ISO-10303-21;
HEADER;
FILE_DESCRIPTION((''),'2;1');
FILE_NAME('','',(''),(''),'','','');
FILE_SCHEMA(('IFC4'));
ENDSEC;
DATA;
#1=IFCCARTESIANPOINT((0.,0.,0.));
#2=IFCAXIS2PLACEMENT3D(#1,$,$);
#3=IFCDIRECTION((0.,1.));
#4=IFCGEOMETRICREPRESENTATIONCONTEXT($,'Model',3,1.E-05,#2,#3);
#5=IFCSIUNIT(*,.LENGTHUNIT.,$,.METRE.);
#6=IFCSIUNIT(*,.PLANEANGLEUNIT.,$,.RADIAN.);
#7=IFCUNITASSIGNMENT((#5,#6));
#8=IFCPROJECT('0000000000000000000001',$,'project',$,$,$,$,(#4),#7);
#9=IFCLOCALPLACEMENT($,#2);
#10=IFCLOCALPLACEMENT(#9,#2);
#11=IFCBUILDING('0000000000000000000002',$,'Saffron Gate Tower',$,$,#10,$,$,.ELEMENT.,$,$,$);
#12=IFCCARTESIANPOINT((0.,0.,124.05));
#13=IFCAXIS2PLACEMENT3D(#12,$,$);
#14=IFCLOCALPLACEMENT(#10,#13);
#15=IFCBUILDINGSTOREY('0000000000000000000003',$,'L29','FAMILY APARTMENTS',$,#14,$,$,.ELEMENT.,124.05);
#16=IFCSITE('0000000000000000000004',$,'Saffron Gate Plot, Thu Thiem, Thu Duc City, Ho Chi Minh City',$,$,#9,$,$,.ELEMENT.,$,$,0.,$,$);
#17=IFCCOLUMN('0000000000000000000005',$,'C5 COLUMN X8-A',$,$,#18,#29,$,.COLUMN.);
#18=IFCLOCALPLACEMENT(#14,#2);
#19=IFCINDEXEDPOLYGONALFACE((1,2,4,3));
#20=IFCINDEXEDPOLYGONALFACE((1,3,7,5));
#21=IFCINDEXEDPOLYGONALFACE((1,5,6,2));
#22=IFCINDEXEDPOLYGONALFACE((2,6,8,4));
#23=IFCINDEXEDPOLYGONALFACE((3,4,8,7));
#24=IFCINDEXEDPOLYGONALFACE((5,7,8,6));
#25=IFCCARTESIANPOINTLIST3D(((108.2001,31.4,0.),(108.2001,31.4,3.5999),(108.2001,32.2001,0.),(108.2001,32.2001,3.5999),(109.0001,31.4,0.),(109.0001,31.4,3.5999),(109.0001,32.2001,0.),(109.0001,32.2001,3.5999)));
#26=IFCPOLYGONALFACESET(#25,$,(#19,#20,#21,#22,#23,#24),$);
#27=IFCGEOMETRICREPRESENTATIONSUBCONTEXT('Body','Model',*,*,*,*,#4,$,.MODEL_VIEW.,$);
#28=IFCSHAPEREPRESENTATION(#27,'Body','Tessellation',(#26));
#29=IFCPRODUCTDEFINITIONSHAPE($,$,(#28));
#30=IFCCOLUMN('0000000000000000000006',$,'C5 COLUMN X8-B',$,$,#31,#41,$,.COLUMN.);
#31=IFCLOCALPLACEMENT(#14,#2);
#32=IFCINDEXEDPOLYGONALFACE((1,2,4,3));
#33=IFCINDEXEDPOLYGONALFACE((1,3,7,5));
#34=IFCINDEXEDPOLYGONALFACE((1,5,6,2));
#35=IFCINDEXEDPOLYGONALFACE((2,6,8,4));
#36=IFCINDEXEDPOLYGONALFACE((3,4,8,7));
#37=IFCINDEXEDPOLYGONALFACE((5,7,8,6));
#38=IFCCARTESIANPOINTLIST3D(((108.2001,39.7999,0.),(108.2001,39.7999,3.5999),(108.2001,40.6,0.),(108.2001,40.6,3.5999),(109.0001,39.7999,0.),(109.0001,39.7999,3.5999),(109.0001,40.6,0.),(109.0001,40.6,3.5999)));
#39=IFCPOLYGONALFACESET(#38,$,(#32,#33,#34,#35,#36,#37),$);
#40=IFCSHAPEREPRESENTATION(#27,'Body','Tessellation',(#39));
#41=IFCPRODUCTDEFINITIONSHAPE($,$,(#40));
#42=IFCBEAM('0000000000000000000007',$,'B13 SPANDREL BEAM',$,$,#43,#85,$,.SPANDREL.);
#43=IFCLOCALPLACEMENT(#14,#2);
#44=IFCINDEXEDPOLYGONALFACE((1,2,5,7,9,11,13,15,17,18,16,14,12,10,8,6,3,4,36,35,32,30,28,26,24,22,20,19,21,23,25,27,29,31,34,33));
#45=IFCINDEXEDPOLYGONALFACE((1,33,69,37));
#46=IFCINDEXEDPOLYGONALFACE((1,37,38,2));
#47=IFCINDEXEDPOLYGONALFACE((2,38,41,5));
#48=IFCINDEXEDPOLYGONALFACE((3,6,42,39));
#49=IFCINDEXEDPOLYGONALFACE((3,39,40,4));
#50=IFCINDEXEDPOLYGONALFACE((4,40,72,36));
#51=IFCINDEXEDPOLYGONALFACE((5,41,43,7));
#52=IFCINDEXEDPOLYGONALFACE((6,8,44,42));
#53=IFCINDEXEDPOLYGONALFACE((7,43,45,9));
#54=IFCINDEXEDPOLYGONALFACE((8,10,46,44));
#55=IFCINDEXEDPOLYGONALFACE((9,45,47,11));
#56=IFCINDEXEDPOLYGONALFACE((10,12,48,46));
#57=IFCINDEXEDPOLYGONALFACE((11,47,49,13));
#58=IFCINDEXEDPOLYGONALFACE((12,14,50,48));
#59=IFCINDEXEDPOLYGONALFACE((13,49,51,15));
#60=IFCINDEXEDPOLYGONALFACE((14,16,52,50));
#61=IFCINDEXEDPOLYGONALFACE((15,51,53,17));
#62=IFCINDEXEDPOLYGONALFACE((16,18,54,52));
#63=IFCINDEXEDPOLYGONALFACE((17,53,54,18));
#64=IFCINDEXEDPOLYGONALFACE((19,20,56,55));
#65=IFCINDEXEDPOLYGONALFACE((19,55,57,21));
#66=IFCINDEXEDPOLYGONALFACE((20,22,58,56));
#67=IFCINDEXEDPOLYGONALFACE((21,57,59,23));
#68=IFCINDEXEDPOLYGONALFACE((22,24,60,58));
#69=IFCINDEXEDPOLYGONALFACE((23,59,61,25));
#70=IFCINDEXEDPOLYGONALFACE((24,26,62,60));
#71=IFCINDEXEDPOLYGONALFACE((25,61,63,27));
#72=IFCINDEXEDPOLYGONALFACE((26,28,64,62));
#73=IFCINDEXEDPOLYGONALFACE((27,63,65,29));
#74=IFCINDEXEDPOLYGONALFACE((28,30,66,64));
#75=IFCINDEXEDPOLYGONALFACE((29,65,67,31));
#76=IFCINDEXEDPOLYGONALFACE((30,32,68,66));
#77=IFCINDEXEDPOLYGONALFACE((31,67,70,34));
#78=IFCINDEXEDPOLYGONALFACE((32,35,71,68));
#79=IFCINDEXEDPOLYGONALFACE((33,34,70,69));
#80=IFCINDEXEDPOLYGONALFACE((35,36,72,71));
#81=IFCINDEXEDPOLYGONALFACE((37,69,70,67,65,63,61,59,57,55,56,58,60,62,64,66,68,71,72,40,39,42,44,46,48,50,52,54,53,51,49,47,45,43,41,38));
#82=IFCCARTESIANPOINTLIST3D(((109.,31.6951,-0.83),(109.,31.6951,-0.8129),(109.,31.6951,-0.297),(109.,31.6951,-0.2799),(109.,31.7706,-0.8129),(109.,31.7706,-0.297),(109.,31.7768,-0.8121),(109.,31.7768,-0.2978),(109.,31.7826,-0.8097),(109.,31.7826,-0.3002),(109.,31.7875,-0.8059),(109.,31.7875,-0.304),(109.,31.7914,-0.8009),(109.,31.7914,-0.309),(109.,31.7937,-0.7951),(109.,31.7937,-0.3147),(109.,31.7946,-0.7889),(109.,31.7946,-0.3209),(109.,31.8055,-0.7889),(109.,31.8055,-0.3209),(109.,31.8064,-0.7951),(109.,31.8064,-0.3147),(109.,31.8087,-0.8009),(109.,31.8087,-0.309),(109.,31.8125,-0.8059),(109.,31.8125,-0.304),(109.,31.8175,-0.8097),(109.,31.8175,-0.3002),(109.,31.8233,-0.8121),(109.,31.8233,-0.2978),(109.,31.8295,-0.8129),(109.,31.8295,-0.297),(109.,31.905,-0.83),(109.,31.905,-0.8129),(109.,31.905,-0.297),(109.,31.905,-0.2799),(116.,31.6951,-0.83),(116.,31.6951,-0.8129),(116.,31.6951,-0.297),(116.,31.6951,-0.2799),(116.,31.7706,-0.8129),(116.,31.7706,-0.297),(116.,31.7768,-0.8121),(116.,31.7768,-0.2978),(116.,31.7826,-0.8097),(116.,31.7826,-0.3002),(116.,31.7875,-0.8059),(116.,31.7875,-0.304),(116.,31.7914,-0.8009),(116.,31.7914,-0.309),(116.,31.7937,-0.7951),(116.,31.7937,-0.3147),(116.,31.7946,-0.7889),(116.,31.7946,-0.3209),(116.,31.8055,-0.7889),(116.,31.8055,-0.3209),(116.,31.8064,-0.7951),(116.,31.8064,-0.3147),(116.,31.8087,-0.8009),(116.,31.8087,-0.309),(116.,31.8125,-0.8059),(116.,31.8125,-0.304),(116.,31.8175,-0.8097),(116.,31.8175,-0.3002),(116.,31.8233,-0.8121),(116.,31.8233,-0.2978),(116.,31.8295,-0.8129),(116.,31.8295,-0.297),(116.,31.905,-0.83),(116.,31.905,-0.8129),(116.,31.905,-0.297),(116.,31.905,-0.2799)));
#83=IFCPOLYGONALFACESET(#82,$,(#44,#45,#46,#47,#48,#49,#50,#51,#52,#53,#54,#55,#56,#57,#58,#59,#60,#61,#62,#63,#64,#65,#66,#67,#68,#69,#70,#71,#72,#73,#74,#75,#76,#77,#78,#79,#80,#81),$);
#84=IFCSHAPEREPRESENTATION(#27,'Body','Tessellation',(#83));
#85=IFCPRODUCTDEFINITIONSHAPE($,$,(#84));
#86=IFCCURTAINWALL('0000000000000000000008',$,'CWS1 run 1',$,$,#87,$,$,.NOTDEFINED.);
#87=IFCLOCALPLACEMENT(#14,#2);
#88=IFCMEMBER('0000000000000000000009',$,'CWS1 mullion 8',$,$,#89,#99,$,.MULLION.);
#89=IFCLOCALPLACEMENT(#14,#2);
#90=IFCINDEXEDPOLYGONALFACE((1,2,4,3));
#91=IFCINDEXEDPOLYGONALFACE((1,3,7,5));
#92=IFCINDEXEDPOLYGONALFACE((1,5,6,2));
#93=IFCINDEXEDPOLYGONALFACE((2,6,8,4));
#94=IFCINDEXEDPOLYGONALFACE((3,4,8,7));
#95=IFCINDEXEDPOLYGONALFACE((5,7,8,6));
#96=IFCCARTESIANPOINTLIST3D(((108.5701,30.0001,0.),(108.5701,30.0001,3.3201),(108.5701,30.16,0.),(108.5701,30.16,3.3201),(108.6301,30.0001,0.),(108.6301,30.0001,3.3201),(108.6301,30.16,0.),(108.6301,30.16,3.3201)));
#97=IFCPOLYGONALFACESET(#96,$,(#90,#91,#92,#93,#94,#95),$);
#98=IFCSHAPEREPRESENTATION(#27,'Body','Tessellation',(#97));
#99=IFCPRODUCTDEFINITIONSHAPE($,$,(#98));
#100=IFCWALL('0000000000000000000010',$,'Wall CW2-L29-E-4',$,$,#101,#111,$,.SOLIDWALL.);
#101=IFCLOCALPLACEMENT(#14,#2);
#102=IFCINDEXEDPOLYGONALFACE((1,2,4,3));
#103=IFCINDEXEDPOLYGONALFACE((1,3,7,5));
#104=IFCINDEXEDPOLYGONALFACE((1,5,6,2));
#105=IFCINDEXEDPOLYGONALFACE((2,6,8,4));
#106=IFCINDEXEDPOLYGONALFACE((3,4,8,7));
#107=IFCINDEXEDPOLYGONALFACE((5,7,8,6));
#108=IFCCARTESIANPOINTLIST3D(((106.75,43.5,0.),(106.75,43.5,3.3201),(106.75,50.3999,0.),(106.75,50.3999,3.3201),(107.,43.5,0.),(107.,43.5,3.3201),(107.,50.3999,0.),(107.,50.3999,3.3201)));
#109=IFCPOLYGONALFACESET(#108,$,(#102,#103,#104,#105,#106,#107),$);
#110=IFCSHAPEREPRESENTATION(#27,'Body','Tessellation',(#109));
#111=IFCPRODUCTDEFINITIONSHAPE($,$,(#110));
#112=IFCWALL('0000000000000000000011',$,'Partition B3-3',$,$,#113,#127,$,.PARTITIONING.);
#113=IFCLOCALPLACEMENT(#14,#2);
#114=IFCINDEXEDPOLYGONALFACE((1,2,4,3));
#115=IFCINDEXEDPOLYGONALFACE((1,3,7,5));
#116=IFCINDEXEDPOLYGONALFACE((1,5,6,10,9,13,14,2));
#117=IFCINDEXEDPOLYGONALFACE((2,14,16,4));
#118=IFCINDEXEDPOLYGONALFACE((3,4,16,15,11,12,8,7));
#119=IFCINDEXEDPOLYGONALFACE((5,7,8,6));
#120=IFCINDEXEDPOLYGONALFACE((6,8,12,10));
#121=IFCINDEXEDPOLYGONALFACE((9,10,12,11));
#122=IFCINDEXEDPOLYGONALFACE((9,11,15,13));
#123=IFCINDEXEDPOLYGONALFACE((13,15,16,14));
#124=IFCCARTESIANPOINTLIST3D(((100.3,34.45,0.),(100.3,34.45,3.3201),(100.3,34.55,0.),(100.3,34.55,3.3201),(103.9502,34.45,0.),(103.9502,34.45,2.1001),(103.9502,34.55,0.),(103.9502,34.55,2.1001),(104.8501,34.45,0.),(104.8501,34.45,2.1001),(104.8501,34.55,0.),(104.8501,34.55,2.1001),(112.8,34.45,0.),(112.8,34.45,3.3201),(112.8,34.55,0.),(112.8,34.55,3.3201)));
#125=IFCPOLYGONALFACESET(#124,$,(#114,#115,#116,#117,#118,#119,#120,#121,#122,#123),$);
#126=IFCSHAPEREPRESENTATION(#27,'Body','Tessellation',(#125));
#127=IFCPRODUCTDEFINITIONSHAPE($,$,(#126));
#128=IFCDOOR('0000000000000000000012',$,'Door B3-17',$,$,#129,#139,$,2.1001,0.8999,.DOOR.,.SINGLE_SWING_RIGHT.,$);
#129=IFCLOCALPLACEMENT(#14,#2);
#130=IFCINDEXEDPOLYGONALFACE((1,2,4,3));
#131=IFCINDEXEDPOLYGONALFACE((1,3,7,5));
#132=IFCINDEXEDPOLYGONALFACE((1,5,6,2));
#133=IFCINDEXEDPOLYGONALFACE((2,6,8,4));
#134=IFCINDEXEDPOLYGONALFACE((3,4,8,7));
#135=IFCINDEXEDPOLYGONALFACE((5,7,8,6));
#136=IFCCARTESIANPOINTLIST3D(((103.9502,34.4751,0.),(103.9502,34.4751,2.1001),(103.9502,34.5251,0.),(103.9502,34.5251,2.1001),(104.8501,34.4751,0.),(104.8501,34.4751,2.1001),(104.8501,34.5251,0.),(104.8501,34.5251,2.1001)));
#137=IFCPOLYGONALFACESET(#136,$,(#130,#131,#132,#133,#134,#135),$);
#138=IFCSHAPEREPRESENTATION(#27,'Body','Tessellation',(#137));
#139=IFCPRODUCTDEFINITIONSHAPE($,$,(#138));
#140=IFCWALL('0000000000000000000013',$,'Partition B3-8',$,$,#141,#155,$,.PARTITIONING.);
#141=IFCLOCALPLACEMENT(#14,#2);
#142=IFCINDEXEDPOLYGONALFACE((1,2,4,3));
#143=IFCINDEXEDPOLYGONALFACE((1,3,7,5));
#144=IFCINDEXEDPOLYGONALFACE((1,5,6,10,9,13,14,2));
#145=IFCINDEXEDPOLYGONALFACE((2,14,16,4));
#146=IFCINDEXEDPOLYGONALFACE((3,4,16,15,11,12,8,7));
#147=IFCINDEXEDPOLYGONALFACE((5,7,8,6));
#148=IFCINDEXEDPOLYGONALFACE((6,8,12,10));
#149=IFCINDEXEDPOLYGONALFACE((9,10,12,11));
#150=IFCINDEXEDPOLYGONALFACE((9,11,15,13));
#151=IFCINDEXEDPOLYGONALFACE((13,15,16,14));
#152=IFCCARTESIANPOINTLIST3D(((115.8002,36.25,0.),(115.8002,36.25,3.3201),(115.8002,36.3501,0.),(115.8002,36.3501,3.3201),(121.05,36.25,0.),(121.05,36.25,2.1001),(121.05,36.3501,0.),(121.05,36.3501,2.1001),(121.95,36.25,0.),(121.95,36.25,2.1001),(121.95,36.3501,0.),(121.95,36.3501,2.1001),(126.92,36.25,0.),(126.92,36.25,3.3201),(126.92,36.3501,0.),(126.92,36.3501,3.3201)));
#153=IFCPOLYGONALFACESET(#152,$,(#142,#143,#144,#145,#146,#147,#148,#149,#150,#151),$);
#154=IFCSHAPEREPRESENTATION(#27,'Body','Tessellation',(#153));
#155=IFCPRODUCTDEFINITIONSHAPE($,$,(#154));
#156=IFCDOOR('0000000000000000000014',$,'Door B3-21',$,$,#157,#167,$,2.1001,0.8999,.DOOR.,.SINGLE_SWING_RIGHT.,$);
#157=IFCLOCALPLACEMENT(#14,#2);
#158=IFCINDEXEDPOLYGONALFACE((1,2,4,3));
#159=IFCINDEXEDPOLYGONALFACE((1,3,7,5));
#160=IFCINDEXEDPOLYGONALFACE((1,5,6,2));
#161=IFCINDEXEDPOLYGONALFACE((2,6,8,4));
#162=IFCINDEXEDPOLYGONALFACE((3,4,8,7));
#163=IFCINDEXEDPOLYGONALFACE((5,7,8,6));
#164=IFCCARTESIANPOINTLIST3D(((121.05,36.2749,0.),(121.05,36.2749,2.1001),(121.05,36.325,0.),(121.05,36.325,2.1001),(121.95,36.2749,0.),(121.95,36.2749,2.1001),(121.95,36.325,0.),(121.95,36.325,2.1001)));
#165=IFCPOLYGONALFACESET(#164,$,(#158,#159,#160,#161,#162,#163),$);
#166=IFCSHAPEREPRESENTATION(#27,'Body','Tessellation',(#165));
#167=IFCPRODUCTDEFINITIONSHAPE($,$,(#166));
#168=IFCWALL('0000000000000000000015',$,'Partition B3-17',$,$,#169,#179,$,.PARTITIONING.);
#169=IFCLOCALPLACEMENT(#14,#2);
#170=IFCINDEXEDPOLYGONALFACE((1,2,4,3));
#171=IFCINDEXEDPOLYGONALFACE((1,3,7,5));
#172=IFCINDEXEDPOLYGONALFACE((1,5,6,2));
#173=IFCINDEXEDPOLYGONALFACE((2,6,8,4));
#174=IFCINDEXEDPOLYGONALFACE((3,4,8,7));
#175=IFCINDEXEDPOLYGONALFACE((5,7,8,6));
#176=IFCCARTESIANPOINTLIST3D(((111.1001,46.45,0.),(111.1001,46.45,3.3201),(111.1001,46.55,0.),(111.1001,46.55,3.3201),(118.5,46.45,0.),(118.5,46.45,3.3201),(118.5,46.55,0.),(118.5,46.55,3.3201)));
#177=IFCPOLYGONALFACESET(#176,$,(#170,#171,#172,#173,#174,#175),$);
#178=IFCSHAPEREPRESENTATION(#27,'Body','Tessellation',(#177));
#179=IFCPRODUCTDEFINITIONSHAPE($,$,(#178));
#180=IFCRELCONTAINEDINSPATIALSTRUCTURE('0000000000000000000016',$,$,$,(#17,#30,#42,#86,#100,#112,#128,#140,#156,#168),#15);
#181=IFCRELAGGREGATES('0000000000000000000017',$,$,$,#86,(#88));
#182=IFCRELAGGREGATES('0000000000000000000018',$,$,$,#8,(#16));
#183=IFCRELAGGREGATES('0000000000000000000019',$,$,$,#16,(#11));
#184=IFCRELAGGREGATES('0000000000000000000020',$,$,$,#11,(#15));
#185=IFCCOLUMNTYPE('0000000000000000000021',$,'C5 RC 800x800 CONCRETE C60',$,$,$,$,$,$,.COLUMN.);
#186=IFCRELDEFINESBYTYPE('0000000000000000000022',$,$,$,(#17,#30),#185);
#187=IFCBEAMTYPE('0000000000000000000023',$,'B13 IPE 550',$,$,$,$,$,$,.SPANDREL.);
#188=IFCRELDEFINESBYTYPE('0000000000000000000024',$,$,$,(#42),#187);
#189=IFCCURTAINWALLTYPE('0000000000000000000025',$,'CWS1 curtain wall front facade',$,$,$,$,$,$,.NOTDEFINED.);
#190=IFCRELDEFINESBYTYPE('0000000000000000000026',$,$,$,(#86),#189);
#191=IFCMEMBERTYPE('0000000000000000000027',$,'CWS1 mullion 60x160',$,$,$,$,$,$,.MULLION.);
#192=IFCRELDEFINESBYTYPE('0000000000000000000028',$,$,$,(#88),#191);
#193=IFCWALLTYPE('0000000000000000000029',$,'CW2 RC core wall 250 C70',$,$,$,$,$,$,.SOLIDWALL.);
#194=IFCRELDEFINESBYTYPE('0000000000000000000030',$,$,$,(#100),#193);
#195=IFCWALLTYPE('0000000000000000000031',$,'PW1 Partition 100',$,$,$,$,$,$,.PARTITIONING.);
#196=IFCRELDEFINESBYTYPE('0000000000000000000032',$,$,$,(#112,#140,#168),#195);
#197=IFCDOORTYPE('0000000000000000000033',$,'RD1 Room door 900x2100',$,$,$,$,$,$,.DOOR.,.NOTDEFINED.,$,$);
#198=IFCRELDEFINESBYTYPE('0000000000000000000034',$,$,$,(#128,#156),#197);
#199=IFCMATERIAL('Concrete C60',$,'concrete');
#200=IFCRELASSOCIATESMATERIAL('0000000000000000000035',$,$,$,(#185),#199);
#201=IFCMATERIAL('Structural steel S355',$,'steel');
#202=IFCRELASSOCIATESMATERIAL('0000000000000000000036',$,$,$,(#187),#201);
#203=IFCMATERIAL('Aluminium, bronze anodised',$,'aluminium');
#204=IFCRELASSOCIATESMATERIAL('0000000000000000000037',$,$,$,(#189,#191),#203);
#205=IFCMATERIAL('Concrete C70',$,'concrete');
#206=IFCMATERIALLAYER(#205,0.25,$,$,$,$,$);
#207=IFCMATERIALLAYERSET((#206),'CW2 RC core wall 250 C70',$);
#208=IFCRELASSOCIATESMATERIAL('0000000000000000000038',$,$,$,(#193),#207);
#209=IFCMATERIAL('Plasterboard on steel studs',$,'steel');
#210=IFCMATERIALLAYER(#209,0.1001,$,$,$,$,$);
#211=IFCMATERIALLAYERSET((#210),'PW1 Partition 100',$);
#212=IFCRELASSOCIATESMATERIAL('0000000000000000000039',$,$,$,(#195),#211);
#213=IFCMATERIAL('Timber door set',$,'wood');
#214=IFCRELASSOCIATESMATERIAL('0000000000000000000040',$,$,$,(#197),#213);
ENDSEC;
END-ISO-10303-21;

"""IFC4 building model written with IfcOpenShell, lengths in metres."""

from ifc_helpers import new_model, si_unit, direction, frame, frame_2d, origin, origin_2d, place, context, subcontext, project, spatial, rectangle, i_section, extrude, material, layer, layer_set, material_profile, profile_set, type_object, element, fill, aggregate, save


model = new_model("IFC4")

# Units and contexts
model_context = context("Model", 3, precision=1e-05, world=origin(), true_north=direction((0.0, 1.0)))
body_context = subcontext(model_context, "Body", "Model", "MODEL_VIEW")
ifc_project = project(units=[si_unit("LENGTHUNIT", "METRE"), si_unit("PLANEANGLEUNIT", "RADIAN")], contexts=[model_context])

# Site, building, storey
site_placement = place(None, origin())
site = spatial("IfcSite", under=ifc_project, at=site_placement, Name="Saffron Gate Plot, Thu Thiem, Thu Duc City, Ho Chi Minh City", CompositionType="ELEMENT", RefElevation=0.0)
building_placement = place(site_placement, origin())
building = spatial("IfcBuilding", under=site, at=building_placement, Name="Saffron Gate Tower", CompositionType="ELEMENT")
storey_placement = place(building_placement, frame((0.0, 0.0, 124.05)))
storey = spatial("IfcBuildingStorey", under=building, at=storey_placement, Name="L29", Description="FAMILY APARTMENTS", CompositionType="ELEMENT", Elevation=124.05)

# Columns
ifc_material_1 = material(Name="Concrete C60", Category="concrete")
ifc_material_profile_1 = material_profile(ifc_material_1, rectangle(XDim=0.8, YDim=0.8, at=origin_2d()))
ifc_profile_set_1 = profile_set([ifc_material_profile_1], Name="Concrete C60")
column_type = type_object("IfcColumnType", Name="C5 RC 800x800 CONCRETE C60", PredefinedType="COLUMN", material=ifc_profile_set_1)
for number, where, z_axis, x_axis, name in (
    (1, (108.6001, 31.8, 0.0), (0.0, 0.0, 1.0), (1.0, 0.0, 0.0), "C5 COLUMN X8-A"),
    (2, (108.6001, 40.2, 0.0), (0.0, 0.0, 1.0), (1.0, 0.0, 0.0), "C5 COLUMN X8-B"),
):
    element("IfcColumn", number, at=place(storey_placement, frame(where, z_axis=z_axis, x_axis=x_axis)), inside=storey, type_object=column_type, Name=name, PredefinedType="COLUMN", context=body_context, shape_type="SweptSolid", body=[
        extrude(rectangle(XDim=0.8, YDim=0.8, at=origin_2d()), origin(), (0.0, 0.0, 1.0), 3.5999),
    ])

# Beam
ifc_material_2 = material(Name="Structural steel S355", Category="steel")
ifc_material_profile_2 = material_profile(ifc_material_2, i_section(OverallWidth=0.21, OverallDepth=0.55, WebThickness=0.011, FlangeThickness=0.0171, FilletRadius=0.0239, at=origin_2d()))
ifc_profile_set_2 = profile_set([ifc_material_profile_2], Name="Structural steel S355")
beam_type = type_object("IfcBeamType", Name="B13 IPE 550", PredefinedType="SPANDREL", material=ifc_profile_set_2)
beam_placement = place(storey_placement, frame((109.0, 31.8, -0.5549), z_axis=(1.0, 0.0, 0.0), x_axis=(0.0, 1.0, 0.0)))
element("IfcBeam", 3, at=beam_placement, inside=storey, type_object=beam_type, Name="B13 SPANDREL BEAM", PredefinedType="SPANDREL", context=body_context, shape_type="SweptSolid", body=[
    extrude(i_section(OverallWidth=0.21, OverallDepth=0.55, WebThickness=0.011, FlangeThickness=0.0171, FilletRadius=0.0239, at=origin_2d()), origin(), (0.0, 0.0, 1.0), 7.0),
])

# Curtain wall, member
ifc_material_3 = material(Name="Aluminium, bronze anodised", Category="aluminium")
curtain_wall_type = type_object("IfcCurtainWallType", Name="CWS1 curtain wall front facade", PredefinedType="NOTDEFINED", material=ifc_material_3)
curtain_wall_placement = place(storey_placement, origin())
curtain_wall = element("IfcCurtainWall", 4, at=curtain_wall_placement, inside=storey, type_object=curtain_wall_type, Name="CWS1 run 1", PredefinedType="NOTDEFINED")
ifc_material_profile_3 = material_profile(ifc_material_3, rectangle(XDim=0.1599, YDim=0.0601, at=origin_2d()))
ifc_profile_set_3 = profile_set([ifc_material_profile_3], Name="Aluminium, bronze anodised")
member_type = type_object("IfcMemberType", Name="CWS1 mullion 60x160", PredefinedType="MULLION", material=ifc_profile_set_3)
member_placement = place(storey_placement, frame((108.6001, 30.0801, 0.0), z_axis=(0.0, 0.0, 1.0), x_axis=(0.0, 1.0, 0.0)))
member = element("IfcMember", 5, at=member_placement, type_object=member_type, Name="CWS1 mullion 8", PredefinedType="MULLION", context=body_context, shape_type="SweptSolid", body=[
    extrude(rectangle(XDim=0.1599, YDim=0.0601, at=origin_2d()), origin(), (0.0, 0.0, 1.0), 3.3201),
])
aggregate(curtain_wall, [member])

# Wall
ifc_material_4 = material(Name="Concrete C70", Category="concrete")
ifc_layer_1 = layer(ifc_material_4, 0.25)
ifc_layer_set_1 = layer_set([ifc_layer_1], Name="CW2 RC core wall 250 C70")
wall_type_1 = type_object("IfcWallType", Name="CW2 RC core wall 250 C70", PredefinedType="SOLIDWALL", material=ifc_layer_set_1)
wall_1_placement = place(storey_placement, frame((106.875, 43.5, 0.0), z_axis=(0.0, 0.0, 1.0), x_axis=(0.0, 1.0, 0.0)))
element("IfcWall", 6, at=wall_1_placement, inside=storey, type_object=wall_type_1, Name="Wall CW2-L29-E-4", PredefinedType="SOLIDWALL", context=body_context, shape_type="SweptSolid", body=[
    extrude(rectangle(XDim=6.8999, YDim=0.25, at=frame_2d((3.45, 0.0))), origin(), (0.0, 0.0, 1.0), 3.3201),
])

# Walls, openings, doors
ifc_material_5 = material(Name="Plasterboard on steel studs", Category="steel")
ifc_layer_2 = layer(ifc_material_5, 0.1001)
ifc_layer_set_2 = layer_set([ifc_layer_2], Name="PW1 Partition 100")
wall_type_2 = type_object("IfcWallType", Name="PW1 Partition 100", PredefinedType="PARTITIONING", material=ifc_layer_set_2)
wall_2_placement = place(storey_placement, frame((112.8, 34.5, 0.0), z_axis=(0.0, 0.0, 1.0), x_axis=(-1.0, 0.0, 0.0)))
wall_2 = element("IfcWall", 7, at=wall_2_placement, inside=storey, type_object=wall_type_2, Name="Partition B3-3", PredefinedType="PARTITIONING", context=body_context, shape_type="SweptSolid", body=[
    extrude(rectangle(XDim=12.5, YDim=0.1001, at=frame_2d((6.25, 0.0))), origin(), (0.0, 0.0, 1.0), 3.3201),
])
opening_1_placement = place(wall_2_placement, frame((7.95, 0.0, 0.0)))
opening_1 = element("IfcOpeningElement", 8, at=opening_1_placement, cuts=wall_2, PredefinedType="OPENING", context=body_context, shape_type="SweptSolid", body=[
    extrude(rectangle(XDim=0.8999, YDim=2.1001, at=frame_2d((0.45, 1.05))), frame((0.0, 0.0601, 0.0), z_axis=(0.0, -1.0, 0.0), x_axis=(1.0, 0.0, 0.0)), (0.0, 0.0, 1.0), 0.1201),
])
ifc_material_6 = material(Name="Timber door set", Category="wood")
door_type_1 = type_object("IfcDoorType", Name="RD1 Room door 900x2100", OperationType="NOTDEFINED", PredefinedType="DOOR", material=ifc_material_6)
door_1_placement = place(opening_1_placement, origin())
door_1 = element("IfcDoor", 9, at=door_1_placement, inside=storey, type_object=door_type_1, Name="Door B3-17", OperationType="SINGLE_SWING_RIGHT", OverallHeight=2.1001, OverallWidth=0.8999, PredefinedType="DOOR", context=body_context, shape_type="SweptSolid", body=[
    extrude(rectangle(XDim=0.8999, YDim=2.1001, at=frame_2d((0.45, 1.05))), frame((0.0, 0.0249, 0.0), z_axis=(0.0, -1.0, 0.0), x_axis=(1.0, 0.0, 0.0)), (0.0, 0.0, 1.0), 0.05),
])
fill(opening_1, door_1)
wall_3_placement = place(storey_placement, frame((115.8, 36.3, 0.0), z_axis=(0.0, 0.0, 1.0), x_axis=(1.0, 0.0, 0.0)))
wall_3 = element("IfcWall", 10, at=wall_3_placement, inside=storey, type_object=wall_type_2, Name="Partition B3-8", PredefinedType="PARTITIONING", context=body_context, shape_type="SweptSolid", body=[
    extrude(rectangle(XDim=11.1199, YDim=0.1001, at=frame_2d((5.5601, 0.0))), origin(), (0.0, 0.0, 1.0), 3.3201),
])
opening_2_placement = place(wall_3_placement, frame((5.25, 0.0, 0.0)))
opening_2 = element("IfcOpeningElement", 11, at=opening_2_placement, cuts=wall_3, PredefinedType="OPENING", context=body_context, shape_type="SweptSolid", body=[
    extrude(rectangle(XDim=0.8999, YDim=2.1001, at=frame_2d((0.45, 1.05))), frame((0.0, 0.0601, 0.0), z_axis=(0.0, -1.0, 0.0), x_axis=(1.0, 0.0, 0.0)), (0.0, 0.0, 1.0), 0.1201),
])
door_2_placement = place(opening_2_placement, origin())
door_2 = element("IfcDoor", 12, at=door_2_placement, inside=storey, type_object=door_type_1, Name="Door B3-21", OperationType="SINGLE_SWING_RIGHT", OverallHeight=2.1001, OverallWidth=0.8999, PredefinedType="DOOR", context=body_context, shape_type="SweptSolid", body=[
    extrude(rectangle(XDim=0.8999, YDim=2.1001, at=frame_2d((0.45, 1.05))), frame((0.0, 0.0249, 0.0), z_axis=(0.0, -1.0, 0.0), x_axis=(1.0, 0.0, 0.0)), (0.0, 0.0, 1.0), 0.05),
])
fill(opening_2, door_2)

# Wall
wall_4_placement = place(storey_placement, frame((111.1001, 46.5, 0.0), z_axis=(0.0, 0.0, 1.0), x_axis=(1.0, 0.0, 0.0)))
element("IfcWall", 13, at=wall_4_placement, inside=storey, type_object=wall_type_2, Name="Partition B3-17", PredefinedType="PARTITIONING", context=body_context, shape_type="SweptSolid", body=[
    extrude(rectangle(XDim=7.3999, YDim=0.1001, at=frame_2d((3.7, 0.0))), origin(), (0.0, 0.0, 1.0), 3.3201),
])

save(model, "model.ifc")
